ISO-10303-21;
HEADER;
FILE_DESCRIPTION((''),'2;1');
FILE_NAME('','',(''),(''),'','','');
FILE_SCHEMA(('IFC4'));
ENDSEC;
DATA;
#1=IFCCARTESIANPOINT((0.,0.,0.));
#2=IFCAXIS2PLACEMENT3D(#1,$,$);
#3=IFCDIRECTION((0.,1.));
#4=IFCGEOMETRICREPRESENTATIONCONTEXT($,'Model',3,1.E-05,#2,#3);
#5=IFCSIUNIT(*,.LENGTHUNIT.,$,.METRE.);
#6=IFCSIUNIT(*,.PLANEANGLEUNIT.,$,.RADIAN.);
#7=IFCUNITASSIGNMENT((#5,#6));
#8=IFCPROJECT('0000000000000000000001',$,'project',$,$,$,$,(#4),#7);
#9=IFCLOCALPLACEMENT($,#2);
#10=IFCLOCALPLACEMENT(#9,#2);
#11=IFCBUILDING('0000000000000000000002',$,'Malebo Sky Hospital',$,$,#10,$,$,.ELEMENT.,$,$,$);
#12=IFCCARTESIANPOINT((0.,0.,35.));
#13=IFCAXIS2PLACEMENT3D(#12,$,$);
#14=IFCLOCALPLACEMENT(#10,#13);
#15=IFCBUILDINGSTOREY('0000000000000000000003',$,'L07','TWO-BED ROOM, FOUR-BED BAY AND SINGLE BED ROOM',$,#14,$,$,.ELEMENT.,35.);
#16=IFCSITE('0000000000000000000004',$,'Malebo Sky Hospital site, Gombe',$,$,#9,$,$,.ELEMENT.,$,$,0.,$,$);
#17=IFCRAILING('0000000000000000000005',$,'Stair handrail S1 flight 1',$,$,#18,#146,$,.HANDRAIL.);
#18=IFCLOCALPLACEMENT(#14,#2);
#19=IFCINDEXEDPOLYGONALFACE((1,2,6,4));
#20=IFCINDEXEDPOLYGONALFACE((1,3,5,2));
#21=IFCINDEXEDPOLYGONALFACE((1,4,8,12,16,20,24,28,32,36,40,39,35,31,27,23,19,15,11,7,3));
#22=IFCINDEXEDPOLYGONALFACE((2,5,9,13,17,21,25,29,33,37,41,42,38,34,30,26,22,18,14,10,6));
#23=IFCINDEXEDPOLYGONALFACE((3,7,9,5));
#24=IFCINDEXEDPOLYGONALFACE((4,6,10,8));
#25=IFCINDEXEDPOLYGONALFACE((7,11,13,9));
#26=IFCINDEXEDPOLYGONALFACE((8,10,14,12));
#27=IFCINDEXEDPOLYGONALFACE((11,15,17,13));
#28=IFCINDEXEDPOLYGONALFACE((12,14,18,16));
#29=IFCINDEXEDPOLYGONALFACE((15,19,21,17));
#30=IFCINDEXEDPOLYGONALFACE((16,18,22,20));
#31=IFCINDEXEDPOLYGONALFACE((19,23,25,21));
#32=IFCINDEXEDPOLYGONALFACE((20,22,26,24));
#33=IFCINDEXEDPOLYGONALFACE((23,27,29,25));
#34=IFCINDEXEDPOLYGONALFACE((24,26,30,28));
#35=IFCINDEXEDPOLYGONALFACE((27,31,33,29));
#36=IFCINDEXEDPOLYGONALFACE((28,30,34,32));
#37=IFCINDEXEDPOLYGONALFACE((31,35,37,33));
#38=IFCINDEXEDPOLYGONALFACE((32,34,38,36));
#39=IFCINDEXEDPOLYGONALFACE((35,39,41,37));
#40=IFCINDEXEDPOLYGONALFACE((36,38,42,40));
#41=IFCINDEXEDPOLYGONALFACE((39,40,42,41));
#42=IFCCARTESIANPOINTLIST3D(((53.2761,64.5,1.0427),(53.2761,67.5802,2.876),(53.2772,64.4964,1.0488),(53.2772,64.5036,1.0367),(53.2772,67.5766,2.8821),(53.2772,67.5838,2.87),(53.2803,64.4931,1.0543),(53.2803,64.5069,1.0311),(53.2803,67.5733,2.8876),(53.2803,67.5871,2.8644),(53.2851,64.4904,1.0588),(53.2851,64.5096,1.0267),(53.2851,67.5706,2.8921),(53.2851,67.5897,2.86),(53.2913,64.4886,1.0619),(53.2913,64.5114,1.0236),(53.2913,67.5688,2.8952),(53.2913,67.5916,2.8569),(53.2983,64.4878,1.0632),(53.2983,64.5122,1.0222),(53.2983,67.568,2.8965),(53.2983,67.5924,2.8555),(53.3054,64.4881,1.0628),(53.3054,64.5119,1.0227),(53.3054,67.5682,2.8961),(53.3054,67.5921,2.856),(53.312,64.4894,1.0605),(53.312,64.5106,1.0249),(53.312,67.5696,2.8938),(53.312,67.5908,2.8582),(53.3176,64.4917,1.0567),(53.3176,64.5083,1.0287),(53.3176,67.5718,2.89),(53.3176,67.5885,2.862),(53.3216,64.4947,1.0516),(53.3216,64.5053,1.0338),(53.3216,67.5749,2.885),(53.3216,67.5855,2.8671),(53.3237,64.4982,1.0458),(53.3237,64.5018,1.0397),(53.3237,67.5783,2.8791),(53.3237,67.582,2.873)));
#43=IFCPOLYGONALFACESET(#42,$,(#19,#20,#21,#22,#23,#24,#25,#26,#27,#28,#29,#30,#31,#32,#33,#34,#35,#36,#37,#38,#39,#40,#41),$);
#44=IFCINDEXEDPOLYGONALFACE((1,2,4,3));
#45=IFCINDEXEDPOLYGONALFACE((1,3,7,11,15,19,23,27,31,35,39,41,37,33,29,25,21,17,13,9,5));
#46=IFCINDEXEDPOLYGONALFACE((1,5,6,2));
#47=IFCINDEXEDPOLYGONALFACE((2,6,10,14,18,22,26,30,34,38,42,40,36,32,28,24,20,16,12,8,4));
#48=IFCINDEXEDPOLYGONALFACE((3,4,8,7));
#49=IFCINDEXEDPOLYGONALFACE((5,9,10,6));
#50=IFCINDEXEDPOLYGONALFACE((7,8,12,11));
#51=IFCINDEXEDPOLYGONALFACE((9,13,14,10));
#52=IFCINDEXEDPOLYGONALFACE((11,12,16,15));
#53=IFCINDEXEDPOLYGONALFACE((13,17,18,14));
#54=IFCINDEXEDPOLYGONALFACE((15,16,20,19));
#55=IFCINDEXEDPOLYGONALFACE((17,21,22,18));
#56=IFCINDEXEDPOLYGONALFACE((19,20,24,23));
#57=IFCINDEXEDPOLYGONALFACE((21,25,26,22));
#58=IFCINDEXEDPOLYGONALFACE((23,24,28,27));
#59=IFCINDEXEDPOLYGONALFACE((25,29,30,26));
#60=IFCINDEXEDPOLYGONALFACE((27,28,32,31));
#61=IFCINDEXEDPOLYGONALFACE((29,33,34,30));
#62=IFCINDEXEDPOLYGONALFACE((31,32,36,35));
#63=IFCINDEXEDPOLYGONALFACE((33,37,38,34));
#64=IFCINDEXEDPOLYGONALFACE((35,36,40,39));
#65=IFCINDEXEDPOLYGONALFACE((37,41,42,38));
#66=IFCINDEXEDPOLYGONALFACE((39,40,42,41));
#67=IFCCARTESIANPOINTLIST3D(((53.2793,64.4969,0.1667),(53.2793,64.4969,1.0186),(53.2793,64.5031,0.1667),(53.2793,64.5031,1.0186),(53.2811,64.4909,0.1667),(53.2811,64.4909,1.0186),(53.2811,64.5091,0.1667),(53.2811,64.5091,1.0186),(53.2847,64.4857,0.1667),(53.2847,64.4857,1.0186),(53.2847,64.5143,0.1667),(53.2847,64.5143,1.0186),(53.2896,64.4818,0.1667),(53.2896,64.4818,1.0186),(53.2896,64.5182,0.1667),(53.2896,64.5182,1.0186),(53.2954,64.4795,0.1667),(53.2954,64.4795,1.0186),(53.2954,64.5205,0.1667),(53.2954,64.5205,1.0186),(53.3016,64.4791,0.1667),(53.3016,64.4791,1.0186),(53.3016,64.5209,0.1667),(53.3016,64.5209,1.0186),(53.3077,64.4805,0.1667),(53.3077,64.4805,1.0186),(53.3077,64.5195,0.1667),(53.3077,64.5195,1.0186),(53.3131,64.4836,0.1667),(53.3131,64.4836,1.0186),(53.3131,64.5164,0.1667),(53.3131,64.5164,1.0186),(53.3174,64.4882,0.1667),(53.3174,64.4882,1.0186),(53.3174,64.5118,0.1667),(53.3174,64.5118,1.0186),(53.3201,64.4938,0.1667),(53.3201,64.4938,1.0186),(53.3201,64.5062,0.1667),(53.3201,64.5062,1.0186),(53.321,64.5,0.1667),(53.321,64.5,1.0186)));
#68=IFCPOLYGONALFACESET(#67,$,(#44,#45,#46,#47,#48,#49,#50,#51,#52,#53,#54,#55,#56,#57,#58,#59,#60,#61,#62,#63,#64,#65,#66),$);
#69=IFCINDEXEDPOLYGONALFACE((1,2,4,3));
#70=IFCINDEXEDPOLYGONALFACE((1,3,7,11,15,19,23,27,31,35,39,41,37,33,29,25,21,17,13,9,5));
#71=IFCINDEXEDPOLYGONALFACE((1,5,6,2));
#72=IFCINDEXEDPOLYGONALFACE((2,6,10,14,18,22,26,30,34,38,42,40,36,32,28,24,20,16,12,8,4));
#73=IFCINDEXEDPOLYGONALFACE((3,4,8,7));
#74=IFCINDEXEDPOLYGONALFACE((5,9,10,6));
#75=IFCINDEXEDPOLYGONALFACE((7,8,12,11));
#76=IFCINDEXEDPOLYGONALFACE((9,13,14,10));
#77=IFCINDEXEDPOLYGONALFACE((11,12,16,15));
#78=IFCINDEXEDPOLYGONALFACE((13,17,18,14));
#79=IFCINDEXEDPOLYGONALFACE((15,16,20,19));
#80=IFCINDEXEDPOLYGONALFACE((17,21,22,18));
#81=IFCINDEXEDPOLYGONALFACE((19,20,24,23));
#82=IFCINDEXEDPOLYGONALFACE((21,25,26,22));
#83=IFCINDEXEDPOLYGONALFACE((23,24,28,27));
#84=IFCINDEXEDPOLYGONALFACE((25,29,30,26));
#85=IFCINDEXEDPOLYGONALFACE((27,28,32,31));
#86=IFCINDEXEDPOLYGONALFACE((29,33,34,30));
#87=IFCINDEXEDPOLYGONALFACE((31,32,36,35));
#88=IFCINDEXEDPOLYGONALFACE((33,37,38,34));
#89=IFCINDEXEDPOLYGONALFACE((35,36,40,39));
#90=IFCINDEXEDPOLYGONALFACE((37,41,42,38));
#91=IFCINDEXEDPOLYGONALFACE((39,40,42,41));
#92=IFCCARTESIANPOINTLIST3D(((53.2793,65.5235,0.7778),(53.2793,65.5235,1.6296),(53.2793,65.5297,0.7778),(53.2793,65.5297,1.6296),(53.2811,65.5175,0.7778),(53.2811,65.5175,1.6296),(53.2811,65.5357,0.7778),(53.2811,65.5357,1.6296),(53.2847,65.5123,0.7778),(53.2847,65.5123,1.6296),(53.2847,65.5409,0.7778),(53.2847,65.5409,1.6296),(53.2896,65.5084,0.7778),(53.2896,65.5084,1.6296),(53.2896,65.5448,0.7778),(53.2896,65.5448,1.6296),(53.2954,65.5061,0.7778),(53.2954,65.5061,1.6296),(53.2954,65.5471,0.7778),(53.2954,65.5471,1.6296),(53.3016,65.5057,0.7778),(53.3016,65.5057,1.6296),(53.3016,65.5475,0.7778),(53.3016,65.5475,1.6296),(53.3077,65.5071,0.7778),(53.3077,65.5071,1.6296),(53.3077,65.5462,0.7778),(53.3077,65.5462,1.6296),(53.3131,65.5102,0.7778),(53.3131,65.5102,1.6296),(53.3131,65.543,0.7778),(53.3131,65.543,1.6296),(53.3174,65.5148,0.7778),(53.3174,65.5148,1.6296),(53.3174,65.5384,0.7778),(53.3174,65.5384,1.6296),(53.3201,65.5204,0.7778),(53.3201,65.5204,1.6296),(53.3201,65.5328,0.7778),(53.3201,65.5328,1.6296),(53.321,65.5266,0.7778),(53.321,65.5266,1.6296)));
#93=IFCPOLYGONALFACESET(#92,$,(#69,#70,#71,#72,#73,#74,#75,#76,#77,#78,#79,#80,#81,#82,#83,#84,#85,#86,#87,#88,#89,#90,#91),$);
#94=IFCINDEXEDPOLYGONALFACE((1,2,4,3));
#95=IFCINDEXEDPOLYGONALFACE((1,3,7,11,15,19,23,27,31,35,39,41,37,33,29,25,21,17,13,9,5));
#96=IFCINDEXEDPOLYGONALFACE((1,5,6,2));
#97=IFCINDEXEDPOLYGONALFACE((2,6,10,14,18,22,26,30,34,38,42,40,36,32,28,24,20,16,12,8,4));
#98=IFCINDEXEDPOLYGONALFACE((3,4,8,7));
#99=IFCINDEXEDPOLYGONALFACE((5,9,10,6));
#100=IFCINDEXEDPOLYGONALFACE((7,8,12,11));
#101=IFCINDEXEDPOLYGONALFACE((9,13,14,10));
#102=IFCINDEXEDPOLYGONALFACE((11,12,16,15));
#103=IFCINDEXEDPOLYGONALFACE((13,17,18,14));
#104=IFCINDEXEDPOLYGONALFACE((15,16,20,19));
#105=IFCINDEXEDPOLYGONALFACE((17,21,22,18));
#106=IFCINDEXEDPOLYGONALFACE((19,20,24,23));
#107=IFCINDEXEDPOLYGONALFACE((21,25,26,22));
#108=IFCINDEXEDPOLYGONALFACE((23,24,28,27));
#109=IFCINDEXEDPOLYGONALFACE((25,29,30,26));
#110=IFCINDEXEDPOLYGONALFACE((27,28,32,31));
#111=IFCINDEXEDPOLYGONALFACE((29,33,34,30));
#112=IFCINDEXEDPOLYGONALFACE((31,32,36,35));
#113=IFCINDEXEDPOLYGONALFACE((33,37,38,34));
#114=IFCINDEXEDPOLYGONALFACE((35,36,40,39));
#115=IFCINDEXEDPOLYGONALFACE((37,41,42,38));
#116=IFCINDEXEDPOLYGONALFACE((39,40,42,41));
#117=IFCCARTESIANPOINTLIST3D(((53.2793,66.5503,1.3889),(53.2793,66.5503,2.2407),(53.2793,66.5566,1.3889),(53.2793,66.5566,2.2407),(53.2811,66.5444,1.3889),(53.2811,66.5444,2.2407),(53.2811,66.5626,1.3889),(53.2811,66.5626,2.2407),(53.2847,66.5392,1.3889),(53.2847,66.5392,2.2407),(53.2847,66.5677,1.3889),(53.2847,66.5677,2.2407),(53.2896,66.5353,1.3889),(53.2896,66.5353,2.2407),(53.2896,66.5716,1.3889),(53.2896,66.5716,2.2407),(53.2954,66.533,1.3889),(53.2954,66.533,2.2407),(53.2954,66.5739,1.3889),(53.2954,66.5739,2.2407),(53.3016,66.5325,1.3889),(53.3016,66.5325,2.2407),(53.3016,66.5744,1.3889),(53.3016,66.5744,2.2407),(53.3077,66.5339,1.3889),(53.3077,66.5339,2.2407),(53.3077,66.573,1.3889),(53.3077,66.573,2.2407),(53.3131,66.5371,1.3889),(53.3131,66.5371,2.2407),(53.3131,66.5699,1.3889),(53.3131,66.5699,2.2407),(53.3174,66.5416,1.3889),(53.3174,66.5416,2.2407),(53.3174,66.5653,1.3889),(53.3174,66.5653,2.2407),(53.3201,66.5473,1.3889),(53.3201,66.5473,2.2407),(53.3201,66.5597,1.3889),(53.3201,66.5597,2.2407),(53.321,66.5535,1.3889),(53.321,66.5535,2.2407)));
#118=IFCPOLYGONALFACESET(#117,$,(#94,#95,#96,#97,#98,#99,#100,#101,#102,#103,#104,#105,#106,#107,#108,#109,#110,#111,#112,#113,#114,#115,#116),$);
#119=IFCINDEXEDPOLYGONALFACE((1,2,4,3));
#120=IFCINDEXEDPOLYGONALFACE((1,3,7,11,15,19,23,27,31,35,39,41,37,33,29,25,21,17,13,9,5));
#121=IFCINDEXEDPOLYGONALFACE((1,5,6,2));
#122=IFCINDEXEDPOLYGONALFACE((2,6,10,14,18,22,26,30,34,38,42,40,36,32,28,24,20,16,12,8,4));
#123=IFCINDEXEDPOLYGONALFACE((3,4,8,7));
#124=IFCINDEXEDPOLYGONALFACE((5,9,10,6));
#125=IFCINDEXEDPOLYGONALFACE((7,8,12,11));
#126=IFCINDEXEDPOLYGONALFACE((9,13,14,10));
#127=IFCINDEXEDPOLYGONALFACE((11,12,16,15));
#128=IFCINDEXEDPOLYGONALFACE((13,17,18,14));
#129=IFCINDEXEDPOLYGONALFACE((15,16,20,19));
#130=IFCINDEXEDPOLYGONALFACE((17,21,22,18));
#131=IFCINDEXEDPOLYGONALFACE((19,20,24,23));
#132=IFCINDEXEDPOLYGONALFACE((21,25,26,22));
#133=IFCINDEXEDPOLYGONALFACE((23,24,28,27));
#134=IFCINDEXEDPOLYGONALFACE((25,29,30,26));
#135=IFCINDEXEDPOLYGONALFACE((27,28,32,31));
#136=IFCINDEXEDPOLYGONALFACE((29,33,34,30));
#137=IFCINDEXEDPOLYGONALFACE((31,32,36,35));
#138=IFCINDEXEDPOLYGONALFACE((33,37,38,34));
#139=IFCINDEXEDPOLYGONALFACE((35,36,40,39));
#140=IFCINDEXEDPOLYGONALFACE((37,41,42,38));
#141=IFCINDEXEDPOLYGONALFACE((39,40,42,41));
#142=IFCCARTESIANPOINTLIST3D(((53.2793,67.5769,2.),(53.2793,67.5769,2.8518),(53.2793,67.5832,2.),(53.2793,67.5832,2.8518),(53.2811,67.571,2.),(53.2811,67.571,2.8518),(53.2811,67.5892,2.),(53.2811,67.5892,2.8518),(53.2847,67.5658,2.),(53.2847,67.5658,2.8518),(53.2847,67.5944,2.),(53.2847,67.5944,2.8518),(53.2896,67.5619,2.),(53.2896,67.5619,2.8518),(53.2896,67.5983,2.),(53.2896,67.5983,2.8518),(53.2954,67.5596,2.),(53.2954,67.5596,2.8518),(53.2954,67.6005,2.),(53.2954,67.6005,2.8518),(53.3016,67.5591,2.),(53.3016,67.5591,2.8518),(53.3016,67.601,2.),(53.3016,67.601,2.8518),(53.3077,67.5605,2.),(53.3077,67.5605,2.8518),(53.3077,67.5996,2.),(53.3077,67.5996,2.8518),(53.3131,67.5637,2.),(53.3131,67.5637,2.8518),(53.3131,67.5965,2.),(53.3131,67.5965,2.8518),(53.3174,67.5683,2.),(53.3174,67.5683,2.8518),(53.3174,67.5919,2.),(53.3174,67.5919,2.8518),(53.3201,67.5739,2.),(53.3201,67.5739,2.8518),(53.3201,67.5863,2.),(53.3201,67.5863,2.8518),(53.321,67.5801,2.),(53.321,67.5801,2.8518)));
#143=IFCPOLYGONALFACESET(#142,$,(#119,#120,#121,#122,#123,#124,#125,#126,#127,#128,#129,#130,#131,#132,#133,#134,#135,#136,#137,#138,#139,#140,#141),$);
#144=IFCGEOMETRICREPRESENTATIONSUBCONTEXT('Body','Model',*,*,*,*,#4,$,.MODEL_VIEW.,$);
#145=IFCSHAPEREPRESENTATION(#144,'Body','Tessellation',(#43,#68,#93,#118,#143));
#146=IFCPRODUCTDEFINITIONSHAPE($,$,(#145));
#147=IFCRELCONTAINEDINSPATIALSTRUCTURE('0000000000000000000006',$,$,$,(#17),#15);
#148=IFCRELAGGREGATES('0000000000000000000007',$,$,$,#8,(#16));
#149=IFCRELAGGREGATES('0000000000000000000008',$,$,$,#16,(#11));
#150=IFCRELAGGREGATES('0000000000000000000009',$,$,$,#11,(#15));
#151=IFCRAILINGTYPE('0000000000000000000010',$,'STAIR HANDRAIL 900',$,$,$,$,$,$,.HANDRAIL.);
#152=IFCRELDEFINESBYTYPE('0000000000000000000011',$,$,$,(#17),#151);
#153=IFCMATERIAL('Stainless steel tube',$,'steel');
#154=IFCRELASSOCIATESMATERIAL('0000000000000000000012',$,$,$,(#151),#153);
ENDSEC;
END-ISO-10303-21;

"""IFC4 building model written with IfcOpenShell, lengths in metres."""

from ifc_helpers import new_model, si_unit, direction, frame, origin, origin_2d, place, context, subcontext, project, spatial, circle, extrude, material, type_object, element, save


model = new_model("IFC4")

# Units and contexts
model_context = context("Model", 3, precision=1e-05, world=origin(), true_north=direction((0.0, 1.0)))
body_context = subcontext(model_context, "Body", "Model", "MODEL_VIEW")
ifc_project = project(units=[si_unit("LENGTHUNIT", "METRE"), si_unit("PLANEANGLEUNIT", "RADIAN")], contexts=[model_context])

# Site, building, storey
site_placement = place(None, origin())
site = spatial("IfcSite", under=ifc_project, at=site_placement, Name="Malebo Sky Hospital site, Gombe", CompositionType="ELEMENT", RefElevation=0.0)
building_placement = place(site_placement, origin())
building = spatial("IfcBuilding", under=site, at=building_placement, Name="Malebo Sky Hospital", CompositionType="ELEMENT")
storey_placement = place(building_placement, frame((0.0, 0.0, 35.0)))
storey = spatial("IfcBuildingStorey", under=building, at=storey_placement, Name="L07", Description="TWO-BED ROOM, FOUR-BED BAY AND SINGLE BED ROOM", CompositionType="ELEMENT", Elevation=35.0)

# Railing
ifc_material_1 = material(Name="Stainless steel tube", Category="steel")
railing_type = type_object("IfcRailingType", Name="STAIR HANDRAIL 900", PredefinedType="HANDRAIL", material=ifc_material_1)
railing_1_placement = place(storey_placement, frame((53.3, 64.5, 0.1667)))
element("IfcRailing", 1, at=railing_1_placement, inside=storey, type_object=railing_type, Name="Stair handrail S1 flight 1", PredefinedType="HANDRAIL", context=body_context, shape_type="SweptSolid", body=[
    extrude(circle(Radius=0.0239, at=origin_2d()), frame((0.0, 0.0, 0.876), z_axis=(0.0, 0.859309, 0.511458), x_axis=(-1.0, 0.0, 0.0)), (0.0, 0.0, 1.0), 3.5845),
    extrude(circle(Radius=0.021, at=origin_2d()), origin(), (0.0, 0.0, 1.0), 0.8518),
    extrude(circle(Radius=0.021, at=origin_2d()), frame((0.0, 1.0266, 0.6111)), (0.0, 0.0, 1.0), 0.8518),
    extrude(circle(Radius=0.021, at=origin_2d()), frame((0.0, 2.0535, 1.2222)), (0.0, 0.0, 1.0), 0.8518),
    extrude(circle(Radius=0.021, at=origin_2d()), frame((0.0, 3.0801, 1.8333)), (0.0, 0.0, 1.0), 0.8518),
])

save(model, "model.ifc")
